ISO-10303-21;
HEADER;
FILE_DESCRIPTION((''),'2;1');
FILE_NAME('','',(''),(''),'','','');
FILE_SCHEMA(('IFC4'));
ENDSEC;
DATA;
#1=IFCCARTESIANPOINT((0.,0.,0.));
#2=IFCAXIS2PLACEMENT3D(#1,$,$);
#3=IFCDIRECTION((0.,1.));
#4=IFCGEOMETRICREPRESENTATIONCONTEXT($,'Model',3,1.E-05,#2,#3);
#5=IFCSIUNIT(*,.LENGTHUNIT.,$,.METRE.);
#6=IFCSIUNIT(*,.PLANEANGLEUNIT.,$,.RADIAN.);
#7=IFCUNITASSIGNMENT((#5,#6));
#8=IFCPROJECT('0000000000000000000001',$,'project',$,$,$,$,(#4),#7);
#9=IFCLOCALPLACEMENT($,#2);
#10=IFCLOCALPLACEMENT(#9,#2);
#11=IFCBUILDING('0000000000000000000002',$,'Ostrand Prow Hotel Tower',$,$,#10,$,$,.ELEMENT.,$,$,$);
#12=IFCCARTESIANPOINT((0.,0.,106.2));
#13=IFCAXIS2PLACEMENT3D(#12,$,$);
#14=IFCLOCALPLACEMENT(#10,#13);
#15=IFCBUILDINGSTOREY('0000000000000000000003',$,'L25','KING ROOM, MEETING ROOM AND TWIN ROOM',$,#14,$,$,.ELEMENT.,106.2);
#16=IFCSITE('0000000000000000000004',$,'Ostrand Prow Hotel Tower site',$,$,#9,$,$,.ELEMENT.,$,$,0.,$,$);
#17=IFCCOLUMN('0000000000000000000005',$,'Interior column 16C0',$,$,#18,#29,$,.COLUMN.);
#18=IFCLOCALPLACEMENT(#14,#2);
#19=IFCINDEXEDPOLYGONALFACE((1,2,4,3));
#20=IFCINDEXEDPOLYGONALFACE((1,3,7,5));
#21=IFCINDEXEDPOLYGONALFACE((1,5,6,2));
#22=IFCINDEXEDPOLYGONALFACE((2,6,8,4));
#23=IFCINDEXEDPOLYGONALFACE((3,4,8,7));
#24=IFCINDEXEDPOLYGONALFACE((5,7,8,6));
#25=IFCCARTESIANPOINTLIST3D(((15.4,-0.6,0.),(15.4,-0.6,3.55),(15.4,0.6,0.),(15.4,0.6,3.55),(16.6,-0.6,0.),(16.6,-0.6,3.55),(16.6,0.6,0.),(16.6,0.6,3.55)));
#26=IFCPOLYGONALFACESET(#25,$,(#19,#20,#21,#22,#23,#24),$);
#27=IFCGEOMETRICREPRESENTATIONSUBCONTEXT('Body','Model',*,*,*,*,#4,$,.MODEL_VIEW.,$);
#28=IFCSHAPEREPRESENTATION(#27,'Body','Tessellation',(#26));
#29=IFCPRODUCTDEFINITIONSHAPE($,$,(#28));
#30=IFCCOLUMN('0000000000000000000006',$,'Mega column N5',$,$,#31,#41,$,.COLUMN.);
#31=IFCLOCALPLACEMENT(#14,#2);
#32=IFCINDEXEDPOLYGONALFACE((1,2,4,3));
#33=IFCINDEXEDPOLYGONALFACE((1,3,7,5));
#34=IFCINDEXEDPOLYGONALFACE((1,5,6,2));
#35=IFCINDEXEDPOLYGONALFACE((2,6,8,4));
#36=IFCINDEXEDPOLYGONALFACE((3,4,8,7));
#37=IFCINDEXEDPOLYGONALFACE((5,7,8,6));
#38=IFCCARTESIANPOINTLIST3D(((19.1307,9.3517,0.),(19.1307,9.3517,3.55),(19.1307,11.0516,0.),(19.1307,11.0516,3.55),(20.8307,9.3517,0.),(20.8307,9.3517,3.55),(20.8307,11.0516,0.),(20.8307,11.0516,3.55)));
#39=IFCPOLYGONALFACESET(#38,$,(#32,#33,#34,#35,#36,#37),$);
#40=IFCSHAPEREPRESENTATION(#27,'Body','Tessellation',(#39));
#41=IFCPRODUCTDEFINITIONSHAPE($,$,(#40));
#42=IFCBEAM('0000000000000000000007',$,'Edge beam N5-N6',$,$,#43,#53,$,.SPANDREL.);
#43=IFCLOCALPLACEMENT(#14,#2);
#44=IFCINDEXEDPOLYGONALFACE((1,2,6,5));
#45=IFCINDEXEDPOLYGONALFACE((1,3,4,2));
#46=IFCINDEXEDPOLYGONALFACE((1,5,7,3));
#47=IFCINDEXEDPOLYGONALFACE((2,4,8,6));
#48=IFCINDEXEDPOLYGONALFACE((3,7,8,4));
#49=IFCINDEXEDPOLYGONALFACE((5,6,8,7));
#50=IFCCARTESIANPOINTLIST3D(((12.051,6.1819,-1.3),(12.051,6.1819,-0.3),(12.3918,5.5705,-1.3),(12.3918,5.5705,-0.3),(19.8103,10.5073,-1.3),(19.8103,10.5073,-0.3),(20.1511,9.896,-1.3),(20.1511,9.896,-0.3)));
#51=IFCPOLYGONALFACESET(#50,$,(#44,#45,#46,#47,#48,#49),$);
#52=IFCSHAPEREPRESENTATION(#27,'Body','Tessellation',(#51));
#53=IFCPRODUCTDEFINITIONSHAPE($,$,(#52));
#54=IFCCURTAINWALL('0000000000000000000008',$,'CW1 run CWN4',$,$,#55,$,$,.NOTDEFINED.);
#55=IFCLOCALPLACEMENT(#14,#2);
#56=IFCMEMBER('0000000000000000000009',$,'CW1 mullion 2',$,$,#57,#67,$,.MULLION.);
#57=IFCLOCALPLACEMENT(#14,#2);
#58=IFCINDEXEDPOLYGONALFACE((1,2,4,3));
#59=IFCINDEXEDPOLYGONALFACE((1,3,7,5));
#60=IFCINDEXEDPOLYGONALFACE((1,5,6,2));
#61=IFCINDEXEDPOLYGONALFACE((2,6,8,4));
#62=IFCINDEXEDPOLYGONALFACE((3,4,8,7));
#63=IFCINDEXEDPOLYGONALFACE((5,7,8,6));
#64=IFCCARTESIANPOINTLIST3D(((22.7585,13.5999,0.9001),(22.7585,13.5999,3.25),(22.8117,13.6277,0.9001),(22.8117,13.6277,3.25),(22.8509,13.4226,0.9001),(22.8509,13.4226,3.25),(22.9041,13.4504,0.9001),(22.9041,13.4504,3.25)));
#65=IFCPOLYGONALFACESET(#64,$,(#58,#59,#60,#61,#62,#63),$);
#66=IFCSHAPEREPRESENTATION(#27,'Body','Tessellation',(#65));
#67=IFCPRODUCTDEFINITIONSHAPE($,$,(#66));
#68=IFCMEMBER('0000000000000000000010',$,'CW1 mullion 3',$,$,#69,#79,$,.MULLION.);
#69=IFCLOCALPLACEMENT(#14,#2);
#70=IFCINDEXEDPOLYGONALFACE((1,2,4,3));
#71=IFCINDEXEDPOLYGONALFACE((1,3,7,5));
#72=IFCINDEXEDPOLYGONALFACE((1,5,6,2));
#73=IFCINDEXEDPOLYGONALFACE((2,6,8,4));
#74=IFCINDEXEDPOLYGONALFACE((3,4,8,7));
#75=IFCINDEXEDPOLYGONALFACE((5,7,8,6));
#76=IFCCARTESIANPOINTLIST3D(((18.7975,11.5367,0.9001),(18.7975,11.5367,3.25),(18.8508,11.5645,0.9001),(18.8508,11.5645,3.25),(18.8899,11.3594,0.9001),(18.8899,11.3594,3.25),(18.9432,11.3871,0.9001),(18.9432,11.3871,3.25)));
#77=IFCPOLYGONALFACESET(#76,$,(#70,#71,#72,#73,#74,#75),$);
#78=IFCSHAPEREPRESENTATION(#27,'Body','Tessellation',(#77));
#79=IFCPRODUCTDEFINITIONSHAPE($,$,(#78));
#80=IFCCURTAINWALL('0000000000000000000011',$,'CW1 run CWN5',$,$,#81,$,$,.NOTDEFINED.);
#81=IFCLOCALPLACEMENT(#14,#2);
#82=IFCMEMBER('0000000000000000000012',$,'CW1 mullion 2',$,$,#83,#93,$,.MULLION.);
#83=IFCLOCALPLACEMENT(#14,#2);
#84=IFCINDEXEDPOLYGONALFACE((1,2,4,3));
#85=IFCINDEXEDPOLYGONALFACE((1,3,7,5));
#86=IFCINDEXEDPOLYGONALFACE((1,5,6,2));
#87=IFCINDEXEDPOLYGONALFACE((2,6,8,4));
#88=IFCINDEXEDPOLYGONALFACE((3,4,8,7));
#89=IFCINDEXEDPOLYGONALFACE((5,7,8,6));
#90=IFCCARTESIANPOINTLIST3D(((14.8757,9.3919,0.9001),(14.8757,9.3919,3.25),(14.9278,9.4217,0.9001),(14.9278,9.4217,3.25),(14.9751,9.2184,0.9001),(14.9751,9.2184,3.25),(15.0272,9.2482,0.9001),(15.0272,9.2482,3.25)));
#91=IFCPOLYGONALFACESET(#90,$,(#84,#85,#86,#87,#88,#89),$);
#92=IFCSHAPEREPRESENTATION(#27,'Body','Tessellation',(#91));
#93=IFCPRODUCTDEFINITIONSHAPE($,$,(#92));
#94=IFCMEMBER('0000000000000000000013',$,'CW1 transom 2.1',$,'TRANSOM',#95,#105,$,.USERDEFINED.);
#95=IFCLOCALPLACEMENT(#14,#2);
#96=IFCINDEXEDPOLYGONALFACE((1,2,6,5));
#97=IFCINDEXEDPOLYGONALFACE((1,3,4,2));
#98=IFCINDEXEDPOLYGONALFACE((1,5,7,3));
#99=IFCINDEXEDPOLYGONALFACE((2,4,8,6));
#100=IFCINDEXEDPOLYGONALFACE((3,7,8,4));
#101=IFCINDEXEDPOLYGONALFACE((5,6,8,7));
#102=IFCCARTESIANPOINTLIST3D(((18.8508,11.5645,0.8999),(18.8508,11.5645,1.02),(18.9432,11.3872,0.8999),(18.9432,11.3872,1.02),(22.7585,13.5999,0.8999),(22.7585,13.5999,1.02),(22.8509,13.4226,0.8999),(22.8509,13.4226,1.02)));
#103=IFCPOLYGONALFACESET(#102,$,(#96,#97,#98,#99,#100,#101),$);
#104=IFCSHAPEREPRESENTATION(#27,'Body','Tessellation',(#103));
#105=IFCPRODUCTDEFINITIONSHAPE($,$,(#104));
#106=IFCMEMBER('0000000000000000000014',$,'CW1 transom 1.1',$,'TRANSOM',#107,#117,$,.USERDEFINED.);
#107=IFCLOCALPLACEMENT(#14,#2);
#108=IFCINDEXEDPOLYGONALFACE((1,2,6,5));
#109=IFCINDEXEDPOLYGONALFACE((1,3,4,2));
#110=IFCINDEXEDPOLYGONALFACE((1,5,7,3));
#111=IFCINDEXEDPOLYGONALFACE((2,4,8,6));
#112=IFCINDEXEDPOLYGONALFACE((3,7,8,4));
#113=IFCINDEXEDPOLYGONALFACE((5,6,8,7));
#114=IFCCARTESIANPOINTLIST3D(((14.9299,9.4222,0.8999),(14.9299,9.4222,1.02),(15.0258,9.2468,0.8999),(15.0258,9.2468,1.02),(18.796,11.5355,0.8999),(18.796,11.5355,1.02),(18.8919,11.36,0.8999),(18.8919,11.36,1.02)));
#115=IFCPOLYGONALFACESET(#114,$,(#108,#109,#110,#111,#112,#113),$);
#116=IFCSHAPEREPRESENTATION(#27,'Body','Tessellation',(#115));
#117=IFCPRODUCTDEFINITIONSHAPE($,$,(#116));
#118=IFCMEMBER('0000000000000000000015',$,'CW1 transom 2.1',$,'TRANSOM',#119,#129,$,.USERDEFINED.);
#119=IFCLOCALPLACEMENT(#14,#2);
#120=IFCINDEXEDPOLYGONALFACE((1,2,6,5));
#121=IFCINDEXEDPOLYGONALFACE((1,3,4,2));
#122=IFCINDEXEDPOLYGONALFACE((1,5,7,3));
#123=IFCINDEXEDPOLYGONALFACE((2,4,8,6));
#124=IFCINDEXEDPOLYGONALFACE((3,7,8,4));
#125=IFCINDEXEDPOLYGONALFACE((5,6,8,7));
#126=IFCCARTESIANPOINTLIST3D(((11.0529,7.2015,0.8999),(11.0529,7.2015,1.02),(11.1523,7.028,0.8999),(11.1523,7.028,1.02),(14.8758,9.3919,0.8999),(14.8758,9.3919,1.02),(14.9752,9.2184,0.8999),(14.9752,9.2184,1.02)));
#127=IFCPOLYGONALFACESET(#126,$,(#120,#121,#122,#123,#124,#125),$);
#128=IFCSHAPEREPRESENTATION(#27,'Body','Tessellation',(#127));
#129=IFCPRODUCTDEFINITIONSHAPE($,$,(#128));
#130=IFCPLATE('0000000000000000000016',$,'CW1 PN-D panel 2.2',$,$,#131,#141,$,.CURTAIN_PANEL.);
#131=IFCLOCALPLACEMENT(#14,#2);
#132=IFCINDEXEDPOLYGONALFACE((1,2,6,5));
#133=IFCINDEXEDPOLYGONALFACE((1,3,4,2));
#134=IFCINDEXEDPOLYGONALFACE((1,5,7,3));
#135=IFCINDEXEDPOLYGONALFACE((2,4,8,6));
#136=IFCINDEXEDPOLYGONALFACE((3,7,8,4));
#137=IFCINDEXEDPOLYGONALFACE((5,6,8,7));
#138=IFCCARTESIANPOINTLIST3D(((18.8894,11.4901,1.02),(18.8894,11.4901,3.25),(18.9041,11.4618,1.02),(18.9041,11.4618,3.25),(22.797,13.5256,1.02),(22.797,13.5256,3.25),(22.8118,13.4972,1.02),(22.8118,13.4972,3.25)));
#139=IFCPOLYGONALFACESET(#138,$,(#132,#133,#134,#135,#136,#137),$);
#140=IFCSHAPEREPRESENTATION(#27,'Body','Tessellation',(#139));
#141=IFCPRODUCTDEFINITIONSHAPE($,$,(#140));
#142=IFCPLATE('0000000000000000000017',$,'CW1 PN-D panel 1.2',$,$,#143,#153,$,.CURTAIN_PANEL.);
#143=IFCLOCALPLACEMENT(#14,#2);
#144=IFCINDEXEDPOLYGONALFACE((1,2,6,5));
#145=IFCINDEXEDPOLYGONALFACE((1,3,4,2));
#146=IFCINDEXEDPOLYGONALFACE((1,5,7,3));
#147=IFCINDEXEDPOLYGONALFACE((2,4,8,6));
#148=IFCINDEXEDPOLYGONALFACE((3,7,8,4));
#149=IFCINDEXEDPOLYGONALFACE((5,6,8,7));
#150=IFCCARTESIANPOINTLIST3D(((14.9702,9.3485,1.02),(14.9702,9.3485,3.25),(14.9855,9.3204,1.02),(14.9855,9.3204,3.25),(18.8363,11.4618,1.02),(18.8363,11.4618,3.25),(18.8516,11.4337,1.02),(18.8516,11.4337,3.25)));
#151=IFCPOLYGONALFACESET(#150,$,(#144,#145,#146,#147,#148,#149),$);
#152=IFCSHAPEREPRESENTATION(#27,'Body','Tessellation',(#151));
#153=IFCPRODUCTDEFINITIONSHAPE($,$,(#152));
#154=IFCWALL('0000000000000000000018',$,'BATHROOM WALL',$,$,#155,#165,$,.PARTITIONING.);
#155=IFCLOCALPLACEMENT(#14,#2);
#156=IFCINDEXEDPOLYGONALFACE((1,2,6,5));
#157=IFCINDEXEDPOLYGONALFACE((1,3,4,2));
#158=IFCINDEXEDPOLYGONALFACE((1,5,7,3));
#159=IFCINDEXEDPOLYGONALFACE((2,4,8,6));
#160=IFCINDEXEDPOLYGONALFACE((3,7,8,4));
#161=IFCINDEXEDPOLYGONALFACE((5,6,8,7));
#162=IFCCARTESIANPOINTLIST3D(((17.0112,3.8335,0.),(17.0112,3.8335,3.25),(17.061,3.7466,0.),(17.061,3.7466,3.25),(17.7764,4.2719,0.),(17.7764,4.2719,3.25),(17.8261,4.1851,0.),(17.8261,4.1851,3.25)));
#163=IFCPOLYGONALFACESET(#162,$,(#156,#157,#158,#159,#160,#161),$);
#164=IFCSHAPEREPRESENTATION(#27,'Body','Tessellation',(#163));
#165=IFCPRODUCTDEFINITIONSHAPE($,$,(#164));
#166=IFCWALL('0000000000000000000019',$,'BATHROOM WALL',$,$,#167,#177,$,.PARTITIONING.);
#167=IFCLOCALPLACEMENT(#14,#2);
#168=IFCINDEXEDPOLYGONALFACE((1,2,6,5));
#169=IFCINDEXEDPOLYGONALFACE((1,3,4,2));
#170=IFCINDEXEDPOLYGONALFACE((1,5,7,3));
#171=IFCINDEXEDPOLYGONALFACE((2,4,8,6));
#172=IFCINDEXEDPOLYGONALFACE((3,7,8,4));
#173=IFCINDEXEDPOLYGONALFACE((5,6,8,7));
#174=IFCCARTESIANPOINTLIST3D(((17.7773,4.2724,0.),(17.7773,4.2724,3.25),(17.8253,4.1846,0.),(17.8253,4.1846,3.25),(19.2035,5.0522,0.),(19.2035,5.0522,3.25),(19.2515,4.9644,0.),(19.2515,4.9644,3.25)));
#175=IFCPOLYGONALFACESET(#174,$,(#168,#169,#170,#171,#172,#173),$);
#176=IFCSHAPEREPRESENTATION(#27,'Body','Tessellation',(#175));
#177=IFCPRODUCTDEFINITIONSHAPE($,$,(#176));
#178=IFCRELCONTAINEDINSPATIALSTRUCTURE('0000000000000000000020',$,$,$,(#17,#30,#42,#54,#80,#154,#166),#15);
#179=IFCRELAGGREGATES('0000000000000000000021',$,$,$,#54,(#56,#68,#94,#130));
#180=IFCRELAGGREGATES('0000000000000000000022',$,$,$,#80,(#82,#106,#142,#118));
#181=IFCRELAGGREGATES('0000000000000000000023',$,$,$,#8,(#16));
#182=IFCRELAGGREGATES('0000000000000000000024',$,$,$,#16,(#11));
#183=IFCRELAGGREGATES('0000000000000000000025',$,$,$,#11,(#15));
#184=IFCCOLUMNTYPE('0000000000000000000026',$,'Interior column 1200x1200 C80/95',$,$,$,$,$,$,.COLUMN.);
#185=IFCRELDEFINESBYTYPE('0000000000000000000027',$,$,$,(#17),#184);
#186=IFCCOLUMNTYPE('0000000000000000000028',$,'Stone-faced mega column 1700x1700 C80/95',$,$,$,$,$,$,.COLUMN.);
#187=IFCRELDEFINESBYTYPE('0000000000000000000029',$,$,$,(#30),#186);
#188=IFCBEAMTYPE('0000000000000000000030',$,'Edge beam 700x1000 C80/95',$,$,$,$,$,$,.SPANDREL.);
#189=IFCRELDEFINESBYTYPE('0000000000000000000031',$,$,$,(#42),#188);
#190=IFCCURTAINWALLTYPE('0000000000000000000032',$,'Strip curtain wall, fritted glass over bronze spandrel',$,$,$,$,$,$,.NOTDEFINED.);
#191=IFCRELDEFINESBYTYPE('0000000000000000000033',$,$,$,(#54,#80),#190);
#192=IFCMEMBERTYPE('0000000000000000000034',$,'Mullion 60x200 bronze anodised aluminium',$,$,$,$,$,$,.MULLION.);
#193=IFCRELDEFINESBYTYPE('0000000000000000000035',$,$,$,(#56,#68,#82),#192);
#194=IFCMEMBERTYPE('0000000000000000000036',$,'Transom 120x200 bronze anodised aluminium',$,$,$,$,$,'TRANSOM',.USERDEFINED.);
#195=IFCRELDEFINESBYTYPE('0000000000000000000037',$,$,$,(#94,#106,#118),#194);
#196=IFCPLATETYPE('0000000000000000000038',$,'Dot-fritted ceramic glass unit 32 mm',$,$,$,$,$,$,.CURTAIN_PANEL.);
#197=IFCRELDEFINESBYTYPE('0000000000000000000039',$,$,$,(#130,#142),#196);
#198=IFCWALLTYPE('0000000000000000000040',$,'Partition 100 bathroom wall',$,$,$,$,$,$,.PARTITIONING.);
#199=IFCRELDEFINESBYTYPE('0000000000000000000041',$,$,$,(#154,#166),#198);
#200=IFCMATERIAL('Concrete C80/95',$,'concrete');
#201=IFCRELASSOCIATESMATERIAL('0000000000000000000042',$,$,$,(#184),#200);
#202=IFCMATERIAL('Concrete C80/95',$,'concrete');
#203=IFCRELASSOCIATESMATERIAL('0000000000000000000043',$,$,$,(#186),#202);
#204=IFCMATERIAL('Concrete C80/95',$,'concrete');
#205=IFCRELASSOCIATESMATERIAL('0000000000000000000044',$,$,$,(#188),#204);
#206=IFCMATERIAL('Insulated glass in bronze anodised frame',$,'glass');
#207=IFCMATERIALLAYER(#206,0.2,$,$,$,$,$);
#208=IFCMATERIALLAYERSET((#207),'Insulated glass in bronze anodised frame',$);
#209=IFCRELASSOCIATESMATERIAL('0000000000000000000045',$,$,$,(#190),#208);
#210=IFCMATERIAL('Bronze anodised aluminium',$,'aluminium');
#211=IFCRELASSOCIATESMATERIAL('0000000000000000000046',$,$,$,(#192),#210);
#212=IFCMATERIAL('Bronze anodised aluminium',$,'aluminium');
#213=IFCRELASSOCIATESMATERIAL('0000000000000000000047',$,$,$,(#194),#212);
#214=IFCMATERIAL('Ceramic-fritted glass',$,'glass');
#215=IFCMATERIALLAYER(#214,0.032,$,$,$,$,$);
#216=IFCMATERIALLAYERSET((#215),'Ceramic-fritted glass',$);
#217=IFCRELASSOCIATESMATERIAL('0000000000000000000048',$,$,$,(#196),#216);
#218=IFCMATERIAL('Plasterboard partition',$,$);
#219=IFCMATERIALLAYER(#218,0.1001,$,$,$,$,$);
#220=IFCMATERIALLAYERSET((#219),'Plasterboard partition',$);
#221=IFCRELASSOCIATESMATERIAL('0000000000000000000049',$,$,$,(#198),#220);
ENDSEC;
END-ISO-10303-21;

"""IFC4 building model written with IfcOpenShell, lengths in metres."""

from ifc_helpers import new_model, si_unit, direction, frame, frame_2d, origin, origin_2d, place, context, subcontext, project, spatial, rectangle, extrude, material, layer, layer_set, material_profile, profile_set, type_object, element, aggregate, save


model = new_model("IFC4")

# Units and contexts
model_context = context("Model", 3, precision=1e-05, world=origin(), true_north=direction((0.0, 1.0)))
body_context = subcontext(model_context, "Body", "Model", "MODEL_VIEW")
ifc_project = project(units=[si_unit("LENGTHUNIT", "METRE"), si_unit("PLANEANGLEUNIT", "RADIAN")], contexts=[model_context])

# Site, building, storey
site_placement = place(None, origin())
site = spatial("IfcSite", under=ifc_project, at=site_placement, Name="Ostrand Prow Hotel Tower site", CompositionType="ELEMENT", RefElevation=0.0)
building_placement = place(site_placement, origin())
building = spatial("IfcBuilding", under=site, at=building_placement, Name="Ostrand Prow Hotel Tower", CompositionType="ELEMENT")
storey_placement = place(building_placement, frame((0.0, 0.0, 106.2)))
storey = spatial("IfcBuildingStorey", under=building, at=storey_placement, Name="L25", Description="KING ROOM, MEETING ROOM AND TWIN ROOM", CompositionType="ELEMENT", Elevation=106.2)

# Columns
ifc_material_1 = material(Name="Concrete C80/95", Category="concrete")
ifc_material_profile_1 = material_profile(ifc_material_1, rectangle(XDim=1.2, YDim=1.2, at=origin_2d()), Name="RC 1200x1200")
ifc_profile_set_1 = profile_set([ifc_material_profile_1], Name="Concrete C80/95")
column_type_1 = type_object("IfcColumnType", Name="Interior column 1200x1200 C80/95", PredefinedType="COLUMN", material=ifc_profile_set_1)
column_1_placement = place(storey_placement, frame((16.0, 0.0, 0.0), z_axis=(0.0, 0.0, 1.0), x_axis=(1.0, 0.0, 0.0)))
element("IfcColumn", 1, at=column_1_placement, inside=storey, type_object=column_type_1, Name="Interior column 16C0", PredefinedType="COLUMN", context=body_context, shape_type="SweptSolid", body=[
    extrude(rectangle(XDim=1.2, YDim=1.2, at=origin_2d()), origin(), (0.0, 0.0, 1.0), 3.55),
])
ifc_material_2 = material(Name="Concrete C80/95", Category="concrete")
ifc_material_profile_2 = material_profile(ifc_material_2, rectangle(XDim=1.7, YDim=1.7, at=origin_2d()), Name="RC 1700x1700")
ifc_profile_set_2 = profile_set([ifc_material_profile_2], Name="Concrete C80/95")
column_type_2 = type_object("IfcColumnType", Name="Stone-faced mega column 1700x1700 C80/95", PredefinedType="COLUMN", material=ifc_profile_set_2)
column_2_placement = place(storey_placement, frame((19.9807, 10.2017, 0.0), z_axis=(0.0, 0.0, 1.0), x_axis=(1.0, 0.0, 0.0)))
element("IfcColumn", 2, at=column_2_placement, inside=storey, type_object=column_type_2, Name="Mega column N5", PredefinedType="COLUMN", context=body_context, shape_type="SweptSolid", body=[
    extrude(rectangle(XDim=1.7, YDim=1.7, at=origin_2d()), origin(), (0.0, 0.0, 1.0), 3.55),
])

# Beam
ifc_material_3 = material(Name="Concrete C80/95", Category="concrete")
ifc_material_profile_3 = material_profile(ifc_material_3, rectangle(XDim=0.7, YDim=1.0, at=origin_2d()), Name="RC 700x1000")
ifc_profile_set_3 = profile_set([ifc_material_profile_3], Name="Concrete C80/95")
beam_type = type_object("IfcBeamType", Name="Edge beam 700x1000 C80/95", PredefinedType="SPANDREL", material=ifc_profile_set_3)
beam_placement = place(storey_placement, frame((19.9807, 10.2017, -0.8), z_axis=(-0.873452, -0.486909, 0.0), x_axis=(0.486909, -0.873452, 0.0)))
element("IfcBeam", 3, at=beam_placement, inside=storey, type_object=beam_type, Name="Edge beam N5-N6", PredefinedType="SPANDREL", context=body_context, shape_type="SweptSolid", body=[
    extrude(rectangle(XDim=0.7, YDim=1.0, at=origin_2d()), origin(), (0.0, 0.0, 1.0), 8.8835),
])

# Curtain wall, members
ifc_material_4 = material(Name="Insulated glass in bronze anodised frame", Category="glass")
ifc_layer_1 = layer(ifc_material_4, 0.2)
ifc_layer_set_1 = layer_set([ifc_layer_1], Name="Insulated glass in bronze anodised frame")
curtain_wall_type = type_object("IfcCurtainWallType", Name="Strip curtain wall, fritted glass over bronze spandrel", PredefinedType="NOTDEFINED", material=ifc_layer_set_1)
curtain_wall_1_placement = place(storey_placement, origin())
curtain_wall_1 = element("IfcCurtainWall", 4, at=curtain_wall_1_placement, inside=storey, type_object=curtain_wall_type, Name="CW1 run CWN4", PredefinedType="NOTDEFINED")
ifc_material_5 = material(Name="Bronze anodised aluminium", Category="aluminium")
ifc_material_profile_4 = material_profile(ifc_material_5, rectangle(XDim=0.2, YDim=0.0601, at=origin_2d()), Name="Mullion 60x200 bronze anodised aluminium")
ifc_profile_set_4 = profile_set([ifc_material_profile_4], Name="Bronze anodised aluminium")
member_type_1 = type_object("IfcMemberType", Name="Mullion 60x200 bronze anodised aluminium", PredefinedType="MULLION", material=ifc_profile_set_4)
member_1_placement = place(storey_placement, frame((22.8313, 13.5251, 0.9001), z_axis=(0.0, 0.0, 1.0), x_axis=(0.461968, -0.886896, 0.0)))
member_1 = element("IfcMember", 5, at=member_1_placement, type_object=member_type_1, Name="CW1 mullion 2", PredefinedType="MULLION", context=body_context, shape_type="SweptSolid", body=[
    extrude(rectangle(XDim=0.2, YDim=0.0601, at=origin_2d()), origin(), (0.0, 0.0, 1.0), 2.3499),
])
member_2_placement = place(storey_placement, frame((18.8704, 11.4619, 0.9001), z_axis=(0.0, 0.0, 1.0), x_axis=(0.461968, -0.886896, 0.0)))
member_2 = element("IfcMember", 6, at=member_2_placement, type_object=member_type_1, Name="CW1 mullion 3", PredefinedType="MULLION", context=body_context, shape_type="SweptSolid", body=[
    extrude(rectangle(XDim=0.2, YDim=0.0601, at=origin_2d()), origin(), (0.0, 0.0, 1.0), 2.3499),
])

# Curtain wall, member
curtain_wall_2_placement = place(storey_placement, origin())
curtain_wall_2 = element("IfcCurtainWall", 7, at=curtain_wall_2_placement, inside=storey, type_object=curtain_wall_type, Name="CW1 run CWN5", PredefinedType="NOTDEFINED")
member_3_placement = place(storey_placement, frame((14.9514, 9.3201, 0.9001), z_axis=(0.0, 0.0, 1.0), x_axis=(0.497115, -0.867685, 0.0)))
member_3 = element("IfcMember", 8, at=member_3_placement, type_object=member_type_1, Name="CW1 mullion 2", PredefinedType="MULLION", context=body_context, shape_type="SweptSolid", body=[
    extrude(rectangle(XDim=0.2, YDim=0.0601, at=origin_2d()), origin(), (0.0, 0.0, 1.0), 2.3499),
])

# Members
ifc_material_6 = material(Name="Bronze anodised aluminium", Category="aluminium")
ifc_material_profile_5 = material_profile(ifc_material_6, rectangle(XDim=0.2, YDim=0.1201, at=origin_2d()), Name="Transom 120x200 bronze anodised aluminium")
ifc_profile_set_5 = profile_set([ifc_material_profile_5], Name="Bronze anodised aluminium")
member_type_2 = type_object("IfcMemberType", Name="Transom 120x200 bronze anodised aluminium", ElementType="TRANSOM", PredefinedType="USERDEFINED", material=ifc_profile_set_5)
member_4_placement = place(storey_placement, frame((22.8047, 13.5112, 0.96), z_axis=(-0.886902, -0.461958, 0.0), x_axis=(0.461958, -0.886902, 0.0)))
member_4 = element("IfcMember", 9, at=member_4_placement, type_object=member_type_2, Name="CW1 transom 2.1", ObjectType="TRANSOM", PredefinedType="USERDEFINED", context=body_context, shape_type="SweptSolid", body=[
    extrude(rectangle(XDim=0.2, YDim=0.1201, at=origin_2d()), origin(), (0.0, 0.0, 1.0), 4.406),
])
member_5_placement = place(storey_placement, frame((18.844, 11.4478, 0.96), z_axis=(-0.877472, -0.479628, 0.0), x_axis=(0.479628, -0.877472, 0.0)))
member_5 = element("IfcMember", 10, at=member_5_placement, type_object=member_type_2, Name="CW1 transom 1.1", ObjectType="TRANSOM", PredefinedType="USERDEFINED", context=body_context, shape_type="SweptSolid", body=[
    extrude(rectangle(XDim=0.2, YDim=0.1201, at=origin_2d()), origin(), (0.0, 0.0, 1.0), 4.406),
])
member_6_placement = place(storey_placement, frame((14.9255, 9.3052, 0.96), z_axis=(-0.86767, -0.497141, 0.0), x_axis=(0.497141, -0.86767, 0.0)))
member_6 = element("IfcMember", 11, at=member_6_placement, type_object=member_type_2, Name="CW1 transom 2.1", ObjectType="TRANSOM", PredefinedType="USERDEFINED", context=body_context, shape_type="SweptSolid", body=[
    extrude(rectangle(XDim=0.2, YDim=0.1201, at=origin_2d()), origin(), (0.0, 0.0, 1.0), 4.406),
])

# Plates
ifc_material_7 = material(Name="Ceramic-fritted glass", Category="glass")
ifc_layer_2 = layer(ifc_material_7, 0.032)
ifc_layer_set_2 = layer_set([ifc_layer_2], Name="Ceramic-fritted glass")
plate_type = type_object("IfcPlateType", Name="Dot-fritted ceramic glass unit 32 mm", PredefinedType="CURTAIN_PANEL", material=ifc_layer_set_2)
plate_1_placement = place(storey_placement, frame((20.8506, 12.4937, 1.02), z_axis=(0.0, 0.0, 1.0), x_axis=(-0.886896, -0.461968, 0.0)))
plate_1 = element("IfcPlate", 12, at=plate_1_placement, type_object=plate_type, Name="CW1 PN-D panel 2.2", PredefinedType="CURTAIN_PANEL", context=body_context, shape_type="SweptSolid", body=[
    extrude(rectangle(XDim=4.406, YDim=0.032, at=origin_2d()), origin(), (0.0, 0.0, 1.0), 2.23),
])
aggregate(curtain_wall_1, [member_1, member_2, member_4, plate_1])
plate_2_placement = place(storey_placement, frame((16.9109, 10.3911, 1.02), z_axis=(0.0, 0.0, 1.0), x_axis=(-0.877467, -0.479637, 0.0)))
plate_2 = element("IfcPlate", 13, at=plate_2_placement, type_object=plate_type, Name="CW1 PN-D panel 1.2", PredefinedType="CURTAIN_PANEL", context=body_context, shape_type="SweptSolid", body=[
    extrude(rectangle(XDim=4.406, YDim=0.032, at=origin_2d()), origin(), (0.0, 0.0, 1.0), 2.23),
])
aggregate(curtain_wall_2, [member_3, member_5, plate_2, member_6])

# Walls
ifc_material_8 = material(Name="Plasterboard partition")
ifc_layer_3 = layer(ifc_material_8, 0.1001)
ifc_layer_set_3 = layer_set([ifc_layer_3], Name="Plasterboard partition")
wall_type_1 = type_object("IfcWallType", Name="Partition 100 bathroom wall", PredefinedType="PARTITIONING", material=ifc_layer_set_3)
wall_1_placement = place(storey_placement, frame((17.0361, 3.79, 0.0), z_axis=(0.0, 0.0, 1.0), x_axis=(0.867629, 0.497212, 0.0)))
element("IfcWall", 14, at=wall_1_placement, inside=storey, type_object=wall_type_1, Name="BATHROOM WALL", PredefinedType="PARTITIONING", context=body_context, shape_type="SweptSolid", body=[
    extrude(rectangle(XDim=0.8818, YDim=0.1001, at=frame_2d((0.4409, 0.0))), origin(), (0.0, 0.0, 1.0), 3.25),
])
wall_2_placement = place(storey_placement, frame((17.8013, 4.2285, 0.0), z_axis=(0.0, 0.0, 1.0), x_axis=(0.877424, 0.479715, 0.0)))
element("IfcWall", 15, at=wall_2_placement, inside=storey, type_object=wall_type_1, Name="BATHROOM WALL", PredefinedType="PARTITIONING", context=body_context, shape_type="SweptSolid", body=[
    extrude(rectangle(XDim=1.6255, YDim=0.1001, at=frame_2d((0.8127, 0.0))), origin(), (0.0, 0.0, 1.0), 3.25),
])

save(model, "model.ifc")
